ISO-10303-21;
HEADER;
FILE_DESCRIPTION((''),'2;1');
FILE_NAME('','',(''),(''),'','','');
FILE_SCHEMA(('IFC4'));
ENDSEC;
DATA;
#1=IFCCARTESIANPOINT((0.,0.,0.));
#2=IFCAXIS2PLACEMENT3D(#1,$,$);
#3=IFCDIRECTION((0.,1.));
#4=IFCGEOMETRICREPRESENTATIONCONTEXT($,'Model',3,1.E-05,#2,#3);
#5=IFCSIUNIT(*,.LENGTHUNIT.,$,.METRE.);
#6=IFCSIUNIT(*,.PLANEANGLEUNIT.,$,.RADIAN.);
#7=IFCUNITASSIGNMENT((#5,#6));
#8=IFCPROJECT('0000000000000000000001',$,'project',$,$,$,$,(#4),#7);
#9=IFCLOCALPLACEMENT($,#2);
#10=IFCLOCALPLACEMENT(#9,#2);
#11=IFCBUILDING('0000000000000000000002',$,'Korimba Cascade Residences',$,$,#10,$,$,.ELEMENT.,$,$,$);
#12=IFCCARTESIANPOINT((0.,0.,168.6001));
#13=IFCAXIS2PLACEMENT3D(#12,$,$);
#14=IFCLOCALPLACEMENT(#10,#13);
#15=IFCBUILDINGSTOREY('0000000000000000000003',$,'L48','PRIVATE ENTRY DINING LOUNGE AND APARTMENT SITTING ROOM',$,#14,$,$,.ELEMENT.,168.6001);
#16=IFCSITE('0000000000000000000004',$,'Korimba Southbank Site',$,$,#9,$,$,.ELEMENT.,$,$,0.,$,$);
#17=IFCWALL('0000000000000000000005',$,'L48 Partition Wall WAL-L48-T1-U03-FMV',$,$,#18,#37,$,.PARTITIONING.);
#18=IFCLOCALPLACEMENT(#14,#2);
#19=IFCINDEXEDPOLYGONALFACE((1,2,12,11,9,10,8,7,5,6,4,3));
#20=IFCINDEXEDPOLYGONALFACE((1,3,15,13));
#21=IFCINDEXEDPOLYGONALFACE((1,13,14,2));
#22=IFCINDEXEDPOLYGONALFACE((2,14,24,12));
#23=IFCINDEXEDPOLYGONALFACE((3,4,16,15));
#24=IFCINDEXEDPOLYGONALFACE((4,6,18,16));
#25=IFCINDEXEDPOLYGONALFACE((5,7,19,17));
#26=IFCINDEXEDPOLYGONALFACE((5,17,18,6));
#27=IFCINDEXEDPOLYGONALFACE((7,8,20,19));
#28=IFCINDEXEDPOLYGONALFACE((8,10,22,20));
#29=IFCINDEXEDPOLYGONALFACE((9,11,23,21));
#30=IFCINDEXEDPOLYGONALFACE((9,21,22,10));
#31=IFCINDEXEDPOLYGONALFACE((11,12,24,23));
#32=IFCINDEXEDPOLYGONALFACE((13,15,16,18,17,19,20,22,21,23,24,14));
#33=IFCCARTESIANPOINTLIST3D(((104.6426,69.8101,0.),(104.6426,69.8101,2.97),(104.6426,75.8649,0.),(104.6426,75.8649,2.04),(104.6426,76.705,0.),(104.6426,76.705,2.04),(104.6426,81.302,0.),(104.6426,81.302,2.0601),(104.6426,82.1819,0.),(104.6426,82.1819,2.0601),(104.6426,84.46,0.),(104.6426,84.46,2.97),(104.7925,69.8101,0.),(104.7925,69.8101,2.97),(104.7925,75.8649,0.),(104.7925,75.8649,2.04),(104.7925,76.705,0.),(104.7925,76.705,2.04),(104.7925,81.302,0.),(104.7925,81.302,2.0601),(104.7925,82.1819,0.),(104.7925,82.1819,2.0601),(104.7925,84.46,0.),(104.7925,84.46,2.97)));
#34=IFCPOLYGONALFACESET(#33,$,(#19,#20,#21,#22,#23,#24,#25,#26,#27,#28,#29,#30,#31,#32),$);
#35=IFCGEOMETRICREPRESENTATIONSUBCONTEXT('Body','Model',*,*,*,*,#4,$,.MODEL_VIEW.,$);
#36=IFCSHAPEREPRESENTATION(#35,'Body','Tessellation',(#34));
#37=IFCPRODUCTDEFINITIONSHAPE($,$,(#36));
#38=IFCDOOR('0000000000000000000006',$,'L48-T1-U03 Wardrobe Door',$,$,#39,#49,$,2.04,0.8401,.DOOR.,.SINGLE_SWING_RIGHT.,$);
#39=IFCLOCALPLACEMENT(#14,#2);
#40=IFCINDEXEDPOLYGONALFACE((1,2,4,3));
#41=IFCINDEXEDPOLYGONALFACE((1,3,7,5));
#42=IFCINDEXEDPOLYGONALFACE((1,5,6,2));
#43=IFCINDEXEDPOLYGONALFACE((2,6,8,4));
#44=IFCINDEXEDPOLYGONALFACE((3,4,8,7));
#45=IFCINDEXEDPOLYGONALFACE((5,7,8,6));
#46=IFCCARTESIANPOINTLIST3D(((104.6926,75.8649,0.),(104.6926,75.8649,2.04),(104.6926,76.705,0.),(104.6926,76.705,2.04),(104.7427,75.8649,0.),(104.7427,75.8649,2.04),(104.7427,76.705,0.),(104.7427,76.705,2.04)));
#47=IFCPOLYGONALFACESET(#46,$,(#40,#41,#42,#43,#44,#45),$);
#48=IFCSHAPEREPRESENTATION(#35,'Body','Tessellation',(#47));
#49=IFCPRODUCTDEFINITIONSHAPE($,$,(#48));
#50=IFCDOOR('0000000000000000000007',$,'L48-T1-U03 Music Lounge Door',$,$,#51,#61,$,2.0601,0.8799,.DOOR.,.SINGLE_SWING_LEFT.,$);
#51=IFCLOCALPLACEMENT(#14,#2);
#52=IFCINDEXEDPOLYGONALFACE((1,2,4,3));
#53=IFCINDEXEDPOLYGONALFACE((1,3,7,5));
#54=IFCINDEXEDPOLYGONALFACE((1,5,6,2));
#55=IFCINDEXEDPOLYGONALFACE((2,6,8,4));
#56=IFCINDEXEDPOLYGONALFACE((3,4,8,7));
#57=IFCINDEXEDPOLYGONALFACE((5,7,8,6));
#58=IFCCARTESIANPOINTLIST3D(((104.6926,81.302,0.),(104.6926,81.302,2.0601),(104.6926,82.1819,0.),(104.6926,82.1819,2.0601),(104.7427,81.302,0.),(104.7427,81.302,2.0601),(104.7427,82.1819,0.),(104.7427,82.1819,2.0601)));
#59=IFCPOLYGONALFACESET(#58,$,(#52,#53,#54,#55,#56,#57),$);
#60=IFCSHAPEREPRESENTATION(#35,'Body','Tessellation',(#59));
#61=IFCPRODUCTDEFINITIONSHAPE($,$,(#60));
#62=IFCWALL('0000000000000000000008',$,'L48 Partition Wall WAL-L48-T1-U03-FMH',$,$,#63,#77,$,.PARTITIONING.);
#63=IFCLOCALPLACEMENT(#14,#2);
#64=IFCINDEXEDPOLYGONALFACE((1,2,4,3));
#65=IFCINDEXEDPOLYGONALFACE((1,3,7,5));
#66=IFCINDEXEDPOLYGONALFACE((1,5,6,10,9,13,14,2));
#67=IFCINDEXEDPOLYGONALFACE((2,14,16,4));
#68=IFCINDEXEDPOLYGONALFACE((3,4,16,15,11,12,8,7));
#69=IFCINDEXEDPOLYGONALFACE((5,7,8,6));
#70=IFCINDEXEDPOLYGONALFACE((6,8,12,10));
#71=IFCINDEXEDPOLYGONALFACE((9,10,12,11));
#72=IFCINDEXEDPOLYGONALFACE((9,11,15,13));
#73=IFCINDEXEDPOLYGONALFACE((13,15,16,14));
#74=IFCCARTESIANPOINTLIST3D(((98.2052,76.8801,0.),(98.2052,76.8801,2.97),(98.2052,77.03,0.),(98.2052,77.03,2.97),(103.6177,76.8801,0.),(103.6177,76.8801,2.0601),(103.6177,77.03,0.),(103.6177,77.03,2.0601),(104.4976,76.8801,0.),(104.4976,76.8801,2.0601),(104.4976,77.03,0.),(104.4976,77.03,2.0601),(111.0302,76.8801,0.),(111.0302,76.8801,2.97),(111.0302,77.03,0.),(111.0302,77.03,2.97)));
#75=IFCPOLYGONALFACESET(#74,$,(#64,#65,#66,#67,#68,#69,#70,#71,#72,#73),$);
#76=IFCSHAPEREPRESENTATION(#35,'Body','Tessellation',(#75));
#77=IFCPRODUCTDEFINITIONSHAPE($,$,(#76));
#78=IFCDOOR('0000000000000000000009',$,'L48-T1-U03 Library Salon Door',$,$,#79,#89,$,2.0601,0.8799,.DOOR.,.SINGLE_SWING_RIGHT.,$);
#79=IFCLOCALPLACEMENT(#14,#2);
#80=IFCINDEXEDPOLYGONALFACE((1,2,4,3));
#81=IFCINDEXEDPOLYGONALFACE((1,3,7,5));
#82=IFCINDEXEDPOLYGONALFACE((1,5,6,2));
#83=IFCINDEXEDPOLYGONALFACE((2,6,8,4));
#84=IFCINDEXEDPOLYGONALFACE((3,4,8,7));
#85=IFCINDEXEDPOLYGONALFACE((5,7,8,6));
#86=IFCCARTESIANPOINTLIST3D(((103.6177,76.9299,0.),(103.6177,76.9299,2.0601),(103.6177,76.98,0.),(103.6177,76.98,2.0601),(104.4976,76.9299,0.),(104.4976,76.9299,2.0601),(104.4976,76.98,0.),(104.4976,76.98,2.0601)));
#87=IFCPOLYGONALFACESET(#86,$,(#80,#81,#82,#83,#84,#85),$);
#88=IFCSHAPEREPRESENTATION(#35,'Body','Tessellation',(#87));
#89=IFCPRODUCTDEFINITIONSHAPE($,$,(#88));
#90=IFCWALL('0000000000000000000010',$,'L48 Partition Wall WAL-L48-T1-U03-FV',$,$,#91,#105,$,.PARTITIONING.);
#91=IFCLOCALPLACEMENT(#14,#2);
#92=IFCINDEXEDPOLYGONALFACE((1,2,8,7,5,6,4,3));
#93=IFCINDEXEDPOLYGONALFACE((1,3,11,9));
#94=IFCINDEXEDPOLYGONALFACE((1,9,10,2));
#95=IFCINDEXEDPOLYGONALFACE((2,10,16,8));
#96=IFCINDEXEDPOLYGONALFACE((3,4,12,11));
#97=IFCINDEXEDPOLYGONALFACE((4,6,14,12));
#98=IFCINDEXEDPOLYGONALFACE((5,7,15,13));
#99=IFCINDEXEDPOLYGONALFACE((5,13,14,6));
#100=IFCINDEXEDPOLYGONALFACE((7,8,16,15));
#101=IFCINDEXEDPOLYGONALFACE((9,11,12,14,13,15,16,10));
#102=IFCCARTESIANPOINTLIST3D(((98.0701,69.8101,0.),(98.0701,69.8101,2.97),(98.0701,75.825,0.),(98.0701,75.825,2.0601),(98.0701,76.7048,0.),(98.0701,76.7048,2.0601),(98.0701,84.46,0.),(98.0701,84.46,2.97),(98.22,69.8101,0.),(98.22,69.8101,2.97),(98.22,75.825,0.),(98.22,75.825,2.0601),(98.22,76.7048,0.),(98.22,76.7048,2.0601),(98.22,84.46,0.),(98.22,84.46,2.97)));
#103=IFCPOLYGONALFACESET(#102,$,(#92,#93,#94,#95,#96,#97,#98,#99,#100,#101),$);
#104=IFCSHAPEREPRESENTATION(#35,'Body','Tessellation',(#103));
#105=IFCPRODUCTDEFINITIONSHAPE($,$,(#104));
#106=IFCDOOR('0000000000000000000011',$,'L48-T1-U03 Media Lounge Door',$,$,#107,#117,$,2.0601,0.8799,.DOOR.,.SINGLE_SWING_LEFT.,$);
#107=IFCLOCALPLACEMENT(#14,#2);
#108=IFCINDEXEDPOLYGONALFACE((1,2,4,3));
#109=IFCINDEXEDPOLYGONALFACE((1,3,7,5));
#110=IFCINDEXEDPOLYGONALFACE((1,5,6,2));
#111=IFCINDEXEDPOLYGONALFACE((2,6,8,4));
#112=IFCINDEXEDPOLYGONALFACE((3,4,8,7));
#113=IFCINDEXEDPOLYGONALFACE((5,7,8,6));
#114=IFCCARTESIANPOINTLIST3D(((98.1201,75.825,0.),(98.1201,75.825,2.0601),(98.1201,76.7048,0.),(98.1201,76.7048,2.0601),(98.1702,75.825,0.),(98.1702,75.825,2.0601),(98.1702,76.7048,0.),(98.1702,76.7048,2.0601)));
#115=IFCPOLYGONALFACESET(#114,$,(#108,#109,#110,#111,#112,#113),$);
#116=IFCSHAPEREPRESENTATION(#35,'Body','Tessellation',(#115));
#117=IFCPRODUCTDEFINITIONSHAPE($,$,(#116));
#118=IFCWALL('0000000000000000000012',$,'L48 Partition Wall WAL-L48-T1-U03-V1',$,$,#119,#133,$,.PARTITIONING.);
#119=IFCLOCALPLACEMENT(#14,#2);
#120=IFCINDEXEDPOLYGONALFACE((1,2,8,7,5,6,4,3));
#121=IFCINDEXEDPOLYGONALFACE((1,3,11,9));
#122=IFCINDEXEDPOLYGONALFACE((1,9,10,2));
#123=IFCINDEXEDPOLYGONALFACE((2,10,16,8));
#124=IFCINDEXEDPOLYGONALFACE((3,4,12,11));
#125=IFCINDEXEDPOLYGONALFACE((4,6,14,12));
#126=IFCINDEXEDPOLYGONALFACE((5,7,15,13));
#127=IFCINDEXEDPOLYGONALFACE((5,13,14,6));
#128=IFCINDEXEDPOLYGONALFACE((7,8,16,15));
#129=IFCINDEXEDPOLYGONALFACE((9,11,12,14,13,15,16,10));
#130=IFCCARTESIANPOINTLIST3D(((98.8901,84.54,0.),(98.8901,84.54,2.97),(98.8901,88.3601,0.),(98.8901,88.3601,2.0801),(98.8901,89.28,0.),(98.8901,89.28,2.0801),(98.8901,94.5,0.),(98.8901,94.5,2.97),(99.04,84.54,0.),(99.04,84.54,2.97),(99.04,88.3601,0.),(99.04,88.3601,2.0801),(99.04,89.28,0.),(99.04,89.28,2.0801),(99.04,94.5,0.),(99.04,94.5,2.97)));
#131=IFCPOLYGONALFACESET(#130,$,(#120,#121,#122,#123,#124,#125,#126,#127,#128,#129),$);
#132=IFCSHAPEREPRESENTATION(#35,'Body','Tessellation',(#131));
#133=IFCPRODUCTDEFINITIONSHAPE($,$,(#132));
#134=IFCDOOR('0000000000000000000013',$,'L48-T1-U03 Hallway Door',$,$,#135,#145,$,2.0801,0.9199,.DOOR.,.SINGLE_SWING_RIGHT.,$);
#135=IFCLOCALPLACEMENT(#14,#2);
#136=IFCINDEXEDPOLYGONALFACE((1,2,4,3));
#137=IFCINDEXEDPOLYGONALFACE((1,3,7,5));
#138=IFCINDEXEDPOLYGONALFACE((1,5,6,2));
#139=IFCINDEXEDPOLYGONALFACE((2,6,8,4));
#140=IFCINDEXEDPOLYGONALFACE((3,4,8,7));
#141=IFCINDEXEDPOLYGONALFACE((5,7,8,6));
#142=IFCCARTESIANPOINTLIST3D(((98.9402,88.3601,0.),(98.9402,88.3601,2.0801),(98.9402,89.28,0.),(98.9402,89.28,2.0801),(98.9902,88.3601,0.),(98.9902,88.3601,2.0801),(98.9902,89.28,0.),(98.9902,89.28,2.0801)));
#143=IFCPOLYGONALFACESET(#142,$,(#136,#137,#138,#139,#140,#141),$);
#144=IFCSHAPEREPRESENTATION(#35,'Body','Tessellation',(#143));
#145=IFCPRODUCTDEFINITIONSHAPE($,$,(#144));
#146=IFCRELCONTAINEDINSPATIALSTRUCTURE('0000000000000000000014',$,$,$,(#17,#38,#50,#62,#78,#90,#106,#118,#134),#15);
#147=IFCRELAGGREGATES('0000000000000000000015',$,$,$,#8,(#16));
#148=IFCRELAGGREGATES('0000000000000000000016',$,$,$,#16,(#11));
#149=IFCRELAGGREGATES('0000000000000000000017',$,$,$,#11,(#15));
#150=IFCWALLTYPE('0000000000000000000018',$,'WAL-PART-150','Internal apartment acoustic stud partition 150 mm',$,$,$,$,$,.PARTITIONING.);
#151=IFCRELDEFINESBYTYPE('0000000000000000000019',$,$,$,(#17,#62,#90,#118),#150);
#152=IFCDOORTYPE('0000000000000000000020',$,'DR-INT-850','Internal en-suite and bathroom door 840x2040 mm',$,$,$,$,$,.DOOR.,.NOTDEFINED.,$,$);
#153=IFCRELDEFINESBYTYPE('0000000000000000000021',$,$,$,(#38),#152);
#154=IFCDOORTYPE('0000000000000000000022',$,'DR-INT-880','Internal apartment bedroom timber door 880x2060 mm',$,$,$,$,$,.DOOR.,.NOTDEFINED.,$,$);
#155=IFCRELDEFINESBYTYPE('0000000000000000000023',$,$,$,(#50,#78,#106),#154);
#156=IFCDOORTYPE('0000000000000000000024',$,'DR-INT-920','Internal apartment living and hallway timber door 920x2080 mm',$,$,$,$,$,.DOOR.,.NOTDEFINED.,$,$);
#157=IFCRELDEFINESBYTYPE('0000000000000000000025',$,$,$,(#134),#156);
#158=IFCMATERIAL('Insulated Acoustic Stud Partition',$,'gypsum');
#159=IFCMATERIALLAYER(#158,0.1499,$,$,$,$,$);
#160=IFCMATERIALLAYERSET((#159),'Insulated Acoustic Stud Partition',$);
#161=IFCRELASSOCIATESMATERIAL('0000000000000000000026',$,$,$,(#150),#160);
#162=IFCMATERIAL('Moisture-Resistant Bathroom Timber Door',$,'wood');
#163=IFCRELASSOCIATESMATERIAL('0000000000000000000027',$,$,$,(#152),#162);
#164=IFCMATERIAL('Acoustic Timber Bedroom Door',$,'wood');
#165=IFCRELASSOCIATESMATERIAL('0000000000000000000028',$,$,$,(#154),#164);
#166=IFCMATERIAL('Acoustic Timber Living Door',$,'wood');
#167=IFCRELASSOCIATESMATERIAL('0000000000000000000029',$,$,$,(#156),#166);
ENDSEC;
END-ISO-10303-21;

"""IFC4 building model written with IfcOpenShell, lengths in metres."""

from ifc_helpers import new_model, si_unit, direction, frame, frame_2d, origin, place, context, subcontext, project, spatial, rectangle, extrude, material, layer, layer_set, type_object, element, fill, save


model = new_model("IFC4")

# Units and contexts
model_context = context("Model", 3, precision=1e-05, world=origin(), true_north=direction((0.0, 1.0)))
body_context = subcontext(model_context, "Body", "Model", "MODEL_VIEW")
ifc_project = project(units=[si_unit("LENGTHUNIT", "METRE"), si_unit("PLANEANGLEUNIT", "RADIAN")], contexts=[model_context])

# Site, building, storey
site_placement = place(None, origin())
site = spatial("IfcSite", under=ifc_project, at=site_placement, Name="Korimba Southbank Site", CompositionType="ELEMENT", RefElevation=0.0)
building_placement = place(site_placement, origin())
building = spatial("IfcBuilding", under=site, at=building_placement, Name="Korimba Cascade Residences", CompositionType="ELEMENT")
storey_placement = place(building_placement, frame((0.0, 0.0, 168.6001)))
storey = spatial("IfcBuildingStorey", under=building, at=storey_placement, Name="L48", Description="PRIVATE ENTRY DINING LOUNGE AND APARTMENT SITTING ROOM", CompositionType="ELEMENT", Elevation=168.6001)

# Wall, openings, doors
ifc_material_1 = material(Name="Insulated Acoustic Stud Partition", Category="gypsum")
ifc_layer_1 = layer(ifc_material_1, 0.1499)
ifc_layer_set_1 = layer_set([ifc_layer_1], Name="Insulated Acoustic Stud Partition")
wall_type_1 = type_object("IfcWallType", Name="WAL-PART-150", Description="Internal apartment acoustic stud partition 150 mm", PredefinedType="PARTITIONING", material=ifc_layer_set_1)
wall_1_placement = place(storey_placement, frame((104.7175, 69.8101, 0.0), z_axis=(0.0, 0.0, 1.0), x_axis=(0.0, 1.0, 0.0)))
wall_1 = element("IfcWall", 1, at=wall_1_placement, inside=storey, type_object=wall_type_1, Name="L48 Partition Wall WAL-L48-T1-U03-FMV", PredefinedType="PARTITIONING", context=body_context, shape_type="SweptSolid", body=[
    extrude(rectangle(XDim=14.6499, YDim=0.1499, at=frame_2d((7.325, 0.0))), origin(), (0.0, 0.0, 1.0), 2.97),
])
opening_1_placement = place(wall_1_placement, frame((6.0549, 0.0, 0.0)))
opening_1 = element("IfcOpeningElement", 2, at=opening_1_placement, cuts=wall_1, PredefinedType="OPENING", context=body_context, shape_type="SweptSolid", body=[
    extrude(rectangle(XDim=0.8401, YDim=2.04, at=frame_2d((0.4199, 1.02))), frame((0.0, 0.085, 0.0), z_axis=(0.0, -1.0, 0.0), x_axis=(1.0, 0.0, 0.0)), (0.0, 0.0, 1.0), 0.1699),
])
opening_2_placement = place(wall_1_placement, frame((11.4919, 0.0, 0.0)))
opening_2 = element("IfcOpeningElement", 3, at=opening_2_placement, cuts=wall_1, PredefinedType="OPENING", context=body_context, shape_type="SweptSolid", body=[
    extrude(rectangle(XDim=0.8799, YDim=2.0601, at=frame_2d((0.4399, 1.03))), frame((0.0, 0.085, 0.0), z_axis=(0.0, -1.0, 0.0), x_axis=(1.0, 0.0, 0.0)), (0.0, 0.0, 1.0), 0.1699),
])
ifc_material_2 = material(Name="Moisture-Resistant Bathroom Timber Door", Category="wood")
door_type_1 = type_object("IfcDoorType", Name="DR-INT-850", Description="Internal en-suite and bathroom door 840x2040 mm", OperationType="NOTDEFINED", PredefinedType="DOOR", material=ifc_material_2)
door_1_placement = place(opening_1_placement, origin())
door_1 = element("IfcDoor", 4, at=door_1_placement, inside=storey, type_object=door_type_1, Name="L48-T1-U03 Wardrobe Door", OperationType="SINGLE_SWING_RIGHT", OverallHeight=2.04, OverallWidth=0.8401, PredefinedType="DOOR", context=body_context, shape_type="SweptSolid", body=[
    extrude(rectangle(XDim=0.8401, YDim=2.04, at=frame_2d((0.4199, 1.02))), frame((0.0, 0.0249, 0.0), z_axis=(0.0, -1.0, 0.0), x_axis=(1.0, 0.0, 0.0)), (0.0, 0.0, 1.0), 0.05),
])
fill(opening_1, door_1)
ifc_material_3 = material(Name="Acoustic Timber Bedroom Door", Category="wood")
door_type_2 = type_object("IfcDoorType", Name="DR-INT-880", Description="Internal apartment bedroom timber door 880x2060 mm", OperationType="NOTDEFINED", PredefinedType="DOOR", material=ifc_material_3)
door_2_placement = place(opening_2_placement, origin())
door_2 = element("IfcDoor", 5, at=door_2_placement, inside=storey, type_object=door_type_2, Name="L48-T1-U03 Music Lounge Door", OperationType="SINGLE_SWING_LEFT", OverallHeight=2.0601, OverallWidth=0.8799, PredefinedType="DOOR", context=body_context, shape_type="SweptSolid", body=[
    extrude(rectangle(XDim=0.8799, YDim=2.0601, at=frame_2d((0.4399, 1.03))), frame((0.0, 0.0249, 0.0), z_axis=(0.0, -1.0, 0.0), x_axis=(1.0, 0.0, 0.0)), (0.0, 0.0, 1.0), 0.05),
])
fill(opening_2, door_2)

# Walls, openings, doors
wall_2_placement = place(storey_placement, frame((98.2051, 76.9551, 0.0), z_axis=(0.0, 0.0, 1.0), x_axis=(1.0, 0.0, 0.0)))
wall_2 = element("IfcWall", 6, at=wall_2_placement, inside=storey, type_object=wall_type_1, Name="L48 Partition Wall WAL-L48-T1-U03-FMH", PredefinedType="PARTITIONING", context=body_context, shape_type="SweptSolid", body=[
    extrude(rectangle(XDim=12.825, YDim=0.1499, at=frame_2d((6.4126, 0.0))), origin(), (0.0, 0.0, 1.0), 2.97),
])
opening_3_placement = place(wall_2_placement, frame((5.4126, 0.0, 0.0)))
opening_3 = element("IfcOpeningElement", 7, at=opening_3_placement, cuts=wall_2, PredefinedType="OPENING", context=body_context, shape_type="SweptSolid", body=[
    extrude(rectangle(XDim=0.8799, YDim=2.0601, at=frame_2d((0.4399, 1.03))), frame((0.0, 0.085, 0.0), z_axis=(0.0, -1.0, 0.0), x_axis=(1.0, 0.0, 0.0)), (0.0, 0.0, 1.0), 0.1699),
])
door_3_placement = place(opening_3_placement, origin())
door_3 = element("IfcDoor", 8, at=door_3_placement, inside=storey, type_object=door_type_2, Name="L48-T1-U03 Library Salon Door", OperationType="SINGLE_SWING_RIGHT", OverallHeight=2.0601, OverallWidth=0.8799, PredefinedType="DOOR", context=body_context, shape_type="SweptSolid", body=[
    extrude(rectangle(XDim=0.8799, YDim=2.0601, at=frame_2d((0.4399, 1.03))), frame((0.0, 0.0249, 0.0), z_axis=(0.0, -1.0, 0.0), x_axis=(1.0, 0.0, 0.0)), (0.0, 0.0, 1.0), 0.05),
])
fill(opening_3, door_3)
wall_3_placement = place(storey_placement, frame((98.145, 69.8101, 0.0), z_axis=(0.0, 0.0, 1.0), x_axis=(0.0, 1.0, 0.0)))
wall_3 = element("IfcWall", 9, at=wall_3_placement, inside=storey, type_object=wall_type_1, Name="L48 Partition Wall WAL-L48-T1-U03-FV", PredefinedType="PARTITIONING", context=body_context, shape_type="SweptSolid", body=[
    extrude(rectangle(XDim=14.6499, YDim=0.1499, at=frame_2d((7.325, 0.0))), origin(), (0.0, 0.0, 1.0), 2.97),
])
opening_4_placement = place(wall_3_placement, frame((6.0149, 0.0, 0.0)))
opening_4 = element("IfcOpeningElement", 10, at=opening_4_placement, cuts=wall_3, PredefinedType="OPENING", context=body_context, shape_type="SweptSolid", body=[
    extrude(rectangle(XDim=0.8799, YDim=2.0601, at=frame_2d((0.4399, 1.03))), frame((0.0, 0.085, 0.0), z_axis=(0.0, -1.0, 0.0), x_axis=(1.0, 0.0, 0.0)), (0.0, 0.0, 1.0), 0.1699),
])
door_4_placement = place(opening_4_placement, origin())
door_4 = element("IfcDoor", 11, at=door_4_placement, inside=storey, type_object=door_type_2, Name="L48-T1-U03 Media Lounge Door", OperationType="SINGLE_SWING_LEFT", OverallHeight=2.0601, OverallWidth=0.8799, PredefinedType="DOOR", context=body_context, shape_type="SweptSolid", body=[
    extrude(rectangle(XDim=0.8799, YDim=2.0601, at=frame_2d((0.4399, 1.03))), frame((0.0, 0.0249, 0.0), z_axis=(0.0, -1.0, 0.0), x_axis=(1.0, 0.0, 0.0)), (0.0, 0.0, 1.0), 0.05),
])
fill(opening_4, door_4)
wall_4_placement = place(storey_placement, frame((98.9651, 84.54, 0.0), z_axis=(0.0, 0.0, 1.0), x_axis=(0.0, 1.0, 0.0)))
wall_4 = element("IfcWall", 12, at=wall_4_placement, inside=storey, type_object=wall_type_1, Name="L48 Partition Wall WAL-L48-T1-U03-V1", PredefinedType="PARTITIONING", context=body_context, shape_type="SweptSolid", body=[
    extrude(rectangle(XDim=9.96, YDim=0.1499, at=frame_2d((4.98, 0.0))), origin(), (0.0, 0.0, 1.0), 2.97),
])
opening_5_placement = place(wall_4_placement, frame((3.8201, 0.0, 0.0)))
opening_5 = element("IfcOpeningElement", 13, at=opening_5_placement, cuts=wall_4, PredefinedType="OPENING", context=body_context, shape_type="SweptSolid", body=[
    extrude(rectangle(XDim=0.9199, YDim=2.0801, at=frame_2d((0.46, 1.04))), frame((0.0, 0.085, 0.0), z_axis=(0.0, -1.0, 0.0), x_axis=(1.0, 0.0, 0.0)), (0.0, 0.0, 1.0), 0.1699),
])
ifc_material_4 = material(Name="Acoustic Timber Living Door", Category="wood")
door_type_3 = type_object("IfcDoorType", Name="DR-INT-920", Description="Internal apartment living and hallway timber door 920x2080 mm", OperationType="NOTDEFINED", PredefinedType="DOOR", material=ifc_material_4)
door_5_placement = place(opening_5_placement, origin())
door_5 = element("IfcDoor", 14, at=door_5_placement, inside=storey, type_object=door_type_3, Name="L48-T1-U03 Hallway Door", OperationType="SINGLE_SWING_RIGHT", OverallHeight=2.0801, OverallWidth=0.9199, PredefinedType="DOOR", context=body_context, shape_type="SweptSolid", body=[
    extrude(rectangle(XDim=0.9199, YDim=2.0801, at=frame_2d((0.46, 1.04))), frame((0.0, 0.0249, 0.0), z_axis=(0.0, -1.0, 0.0), x_axis=(1.0, 0.0, 0.0)), (0.0, 0.0, 1.0), 0.05),
])
fill(opening_5, door_5)

save(model, "model.ifc")
